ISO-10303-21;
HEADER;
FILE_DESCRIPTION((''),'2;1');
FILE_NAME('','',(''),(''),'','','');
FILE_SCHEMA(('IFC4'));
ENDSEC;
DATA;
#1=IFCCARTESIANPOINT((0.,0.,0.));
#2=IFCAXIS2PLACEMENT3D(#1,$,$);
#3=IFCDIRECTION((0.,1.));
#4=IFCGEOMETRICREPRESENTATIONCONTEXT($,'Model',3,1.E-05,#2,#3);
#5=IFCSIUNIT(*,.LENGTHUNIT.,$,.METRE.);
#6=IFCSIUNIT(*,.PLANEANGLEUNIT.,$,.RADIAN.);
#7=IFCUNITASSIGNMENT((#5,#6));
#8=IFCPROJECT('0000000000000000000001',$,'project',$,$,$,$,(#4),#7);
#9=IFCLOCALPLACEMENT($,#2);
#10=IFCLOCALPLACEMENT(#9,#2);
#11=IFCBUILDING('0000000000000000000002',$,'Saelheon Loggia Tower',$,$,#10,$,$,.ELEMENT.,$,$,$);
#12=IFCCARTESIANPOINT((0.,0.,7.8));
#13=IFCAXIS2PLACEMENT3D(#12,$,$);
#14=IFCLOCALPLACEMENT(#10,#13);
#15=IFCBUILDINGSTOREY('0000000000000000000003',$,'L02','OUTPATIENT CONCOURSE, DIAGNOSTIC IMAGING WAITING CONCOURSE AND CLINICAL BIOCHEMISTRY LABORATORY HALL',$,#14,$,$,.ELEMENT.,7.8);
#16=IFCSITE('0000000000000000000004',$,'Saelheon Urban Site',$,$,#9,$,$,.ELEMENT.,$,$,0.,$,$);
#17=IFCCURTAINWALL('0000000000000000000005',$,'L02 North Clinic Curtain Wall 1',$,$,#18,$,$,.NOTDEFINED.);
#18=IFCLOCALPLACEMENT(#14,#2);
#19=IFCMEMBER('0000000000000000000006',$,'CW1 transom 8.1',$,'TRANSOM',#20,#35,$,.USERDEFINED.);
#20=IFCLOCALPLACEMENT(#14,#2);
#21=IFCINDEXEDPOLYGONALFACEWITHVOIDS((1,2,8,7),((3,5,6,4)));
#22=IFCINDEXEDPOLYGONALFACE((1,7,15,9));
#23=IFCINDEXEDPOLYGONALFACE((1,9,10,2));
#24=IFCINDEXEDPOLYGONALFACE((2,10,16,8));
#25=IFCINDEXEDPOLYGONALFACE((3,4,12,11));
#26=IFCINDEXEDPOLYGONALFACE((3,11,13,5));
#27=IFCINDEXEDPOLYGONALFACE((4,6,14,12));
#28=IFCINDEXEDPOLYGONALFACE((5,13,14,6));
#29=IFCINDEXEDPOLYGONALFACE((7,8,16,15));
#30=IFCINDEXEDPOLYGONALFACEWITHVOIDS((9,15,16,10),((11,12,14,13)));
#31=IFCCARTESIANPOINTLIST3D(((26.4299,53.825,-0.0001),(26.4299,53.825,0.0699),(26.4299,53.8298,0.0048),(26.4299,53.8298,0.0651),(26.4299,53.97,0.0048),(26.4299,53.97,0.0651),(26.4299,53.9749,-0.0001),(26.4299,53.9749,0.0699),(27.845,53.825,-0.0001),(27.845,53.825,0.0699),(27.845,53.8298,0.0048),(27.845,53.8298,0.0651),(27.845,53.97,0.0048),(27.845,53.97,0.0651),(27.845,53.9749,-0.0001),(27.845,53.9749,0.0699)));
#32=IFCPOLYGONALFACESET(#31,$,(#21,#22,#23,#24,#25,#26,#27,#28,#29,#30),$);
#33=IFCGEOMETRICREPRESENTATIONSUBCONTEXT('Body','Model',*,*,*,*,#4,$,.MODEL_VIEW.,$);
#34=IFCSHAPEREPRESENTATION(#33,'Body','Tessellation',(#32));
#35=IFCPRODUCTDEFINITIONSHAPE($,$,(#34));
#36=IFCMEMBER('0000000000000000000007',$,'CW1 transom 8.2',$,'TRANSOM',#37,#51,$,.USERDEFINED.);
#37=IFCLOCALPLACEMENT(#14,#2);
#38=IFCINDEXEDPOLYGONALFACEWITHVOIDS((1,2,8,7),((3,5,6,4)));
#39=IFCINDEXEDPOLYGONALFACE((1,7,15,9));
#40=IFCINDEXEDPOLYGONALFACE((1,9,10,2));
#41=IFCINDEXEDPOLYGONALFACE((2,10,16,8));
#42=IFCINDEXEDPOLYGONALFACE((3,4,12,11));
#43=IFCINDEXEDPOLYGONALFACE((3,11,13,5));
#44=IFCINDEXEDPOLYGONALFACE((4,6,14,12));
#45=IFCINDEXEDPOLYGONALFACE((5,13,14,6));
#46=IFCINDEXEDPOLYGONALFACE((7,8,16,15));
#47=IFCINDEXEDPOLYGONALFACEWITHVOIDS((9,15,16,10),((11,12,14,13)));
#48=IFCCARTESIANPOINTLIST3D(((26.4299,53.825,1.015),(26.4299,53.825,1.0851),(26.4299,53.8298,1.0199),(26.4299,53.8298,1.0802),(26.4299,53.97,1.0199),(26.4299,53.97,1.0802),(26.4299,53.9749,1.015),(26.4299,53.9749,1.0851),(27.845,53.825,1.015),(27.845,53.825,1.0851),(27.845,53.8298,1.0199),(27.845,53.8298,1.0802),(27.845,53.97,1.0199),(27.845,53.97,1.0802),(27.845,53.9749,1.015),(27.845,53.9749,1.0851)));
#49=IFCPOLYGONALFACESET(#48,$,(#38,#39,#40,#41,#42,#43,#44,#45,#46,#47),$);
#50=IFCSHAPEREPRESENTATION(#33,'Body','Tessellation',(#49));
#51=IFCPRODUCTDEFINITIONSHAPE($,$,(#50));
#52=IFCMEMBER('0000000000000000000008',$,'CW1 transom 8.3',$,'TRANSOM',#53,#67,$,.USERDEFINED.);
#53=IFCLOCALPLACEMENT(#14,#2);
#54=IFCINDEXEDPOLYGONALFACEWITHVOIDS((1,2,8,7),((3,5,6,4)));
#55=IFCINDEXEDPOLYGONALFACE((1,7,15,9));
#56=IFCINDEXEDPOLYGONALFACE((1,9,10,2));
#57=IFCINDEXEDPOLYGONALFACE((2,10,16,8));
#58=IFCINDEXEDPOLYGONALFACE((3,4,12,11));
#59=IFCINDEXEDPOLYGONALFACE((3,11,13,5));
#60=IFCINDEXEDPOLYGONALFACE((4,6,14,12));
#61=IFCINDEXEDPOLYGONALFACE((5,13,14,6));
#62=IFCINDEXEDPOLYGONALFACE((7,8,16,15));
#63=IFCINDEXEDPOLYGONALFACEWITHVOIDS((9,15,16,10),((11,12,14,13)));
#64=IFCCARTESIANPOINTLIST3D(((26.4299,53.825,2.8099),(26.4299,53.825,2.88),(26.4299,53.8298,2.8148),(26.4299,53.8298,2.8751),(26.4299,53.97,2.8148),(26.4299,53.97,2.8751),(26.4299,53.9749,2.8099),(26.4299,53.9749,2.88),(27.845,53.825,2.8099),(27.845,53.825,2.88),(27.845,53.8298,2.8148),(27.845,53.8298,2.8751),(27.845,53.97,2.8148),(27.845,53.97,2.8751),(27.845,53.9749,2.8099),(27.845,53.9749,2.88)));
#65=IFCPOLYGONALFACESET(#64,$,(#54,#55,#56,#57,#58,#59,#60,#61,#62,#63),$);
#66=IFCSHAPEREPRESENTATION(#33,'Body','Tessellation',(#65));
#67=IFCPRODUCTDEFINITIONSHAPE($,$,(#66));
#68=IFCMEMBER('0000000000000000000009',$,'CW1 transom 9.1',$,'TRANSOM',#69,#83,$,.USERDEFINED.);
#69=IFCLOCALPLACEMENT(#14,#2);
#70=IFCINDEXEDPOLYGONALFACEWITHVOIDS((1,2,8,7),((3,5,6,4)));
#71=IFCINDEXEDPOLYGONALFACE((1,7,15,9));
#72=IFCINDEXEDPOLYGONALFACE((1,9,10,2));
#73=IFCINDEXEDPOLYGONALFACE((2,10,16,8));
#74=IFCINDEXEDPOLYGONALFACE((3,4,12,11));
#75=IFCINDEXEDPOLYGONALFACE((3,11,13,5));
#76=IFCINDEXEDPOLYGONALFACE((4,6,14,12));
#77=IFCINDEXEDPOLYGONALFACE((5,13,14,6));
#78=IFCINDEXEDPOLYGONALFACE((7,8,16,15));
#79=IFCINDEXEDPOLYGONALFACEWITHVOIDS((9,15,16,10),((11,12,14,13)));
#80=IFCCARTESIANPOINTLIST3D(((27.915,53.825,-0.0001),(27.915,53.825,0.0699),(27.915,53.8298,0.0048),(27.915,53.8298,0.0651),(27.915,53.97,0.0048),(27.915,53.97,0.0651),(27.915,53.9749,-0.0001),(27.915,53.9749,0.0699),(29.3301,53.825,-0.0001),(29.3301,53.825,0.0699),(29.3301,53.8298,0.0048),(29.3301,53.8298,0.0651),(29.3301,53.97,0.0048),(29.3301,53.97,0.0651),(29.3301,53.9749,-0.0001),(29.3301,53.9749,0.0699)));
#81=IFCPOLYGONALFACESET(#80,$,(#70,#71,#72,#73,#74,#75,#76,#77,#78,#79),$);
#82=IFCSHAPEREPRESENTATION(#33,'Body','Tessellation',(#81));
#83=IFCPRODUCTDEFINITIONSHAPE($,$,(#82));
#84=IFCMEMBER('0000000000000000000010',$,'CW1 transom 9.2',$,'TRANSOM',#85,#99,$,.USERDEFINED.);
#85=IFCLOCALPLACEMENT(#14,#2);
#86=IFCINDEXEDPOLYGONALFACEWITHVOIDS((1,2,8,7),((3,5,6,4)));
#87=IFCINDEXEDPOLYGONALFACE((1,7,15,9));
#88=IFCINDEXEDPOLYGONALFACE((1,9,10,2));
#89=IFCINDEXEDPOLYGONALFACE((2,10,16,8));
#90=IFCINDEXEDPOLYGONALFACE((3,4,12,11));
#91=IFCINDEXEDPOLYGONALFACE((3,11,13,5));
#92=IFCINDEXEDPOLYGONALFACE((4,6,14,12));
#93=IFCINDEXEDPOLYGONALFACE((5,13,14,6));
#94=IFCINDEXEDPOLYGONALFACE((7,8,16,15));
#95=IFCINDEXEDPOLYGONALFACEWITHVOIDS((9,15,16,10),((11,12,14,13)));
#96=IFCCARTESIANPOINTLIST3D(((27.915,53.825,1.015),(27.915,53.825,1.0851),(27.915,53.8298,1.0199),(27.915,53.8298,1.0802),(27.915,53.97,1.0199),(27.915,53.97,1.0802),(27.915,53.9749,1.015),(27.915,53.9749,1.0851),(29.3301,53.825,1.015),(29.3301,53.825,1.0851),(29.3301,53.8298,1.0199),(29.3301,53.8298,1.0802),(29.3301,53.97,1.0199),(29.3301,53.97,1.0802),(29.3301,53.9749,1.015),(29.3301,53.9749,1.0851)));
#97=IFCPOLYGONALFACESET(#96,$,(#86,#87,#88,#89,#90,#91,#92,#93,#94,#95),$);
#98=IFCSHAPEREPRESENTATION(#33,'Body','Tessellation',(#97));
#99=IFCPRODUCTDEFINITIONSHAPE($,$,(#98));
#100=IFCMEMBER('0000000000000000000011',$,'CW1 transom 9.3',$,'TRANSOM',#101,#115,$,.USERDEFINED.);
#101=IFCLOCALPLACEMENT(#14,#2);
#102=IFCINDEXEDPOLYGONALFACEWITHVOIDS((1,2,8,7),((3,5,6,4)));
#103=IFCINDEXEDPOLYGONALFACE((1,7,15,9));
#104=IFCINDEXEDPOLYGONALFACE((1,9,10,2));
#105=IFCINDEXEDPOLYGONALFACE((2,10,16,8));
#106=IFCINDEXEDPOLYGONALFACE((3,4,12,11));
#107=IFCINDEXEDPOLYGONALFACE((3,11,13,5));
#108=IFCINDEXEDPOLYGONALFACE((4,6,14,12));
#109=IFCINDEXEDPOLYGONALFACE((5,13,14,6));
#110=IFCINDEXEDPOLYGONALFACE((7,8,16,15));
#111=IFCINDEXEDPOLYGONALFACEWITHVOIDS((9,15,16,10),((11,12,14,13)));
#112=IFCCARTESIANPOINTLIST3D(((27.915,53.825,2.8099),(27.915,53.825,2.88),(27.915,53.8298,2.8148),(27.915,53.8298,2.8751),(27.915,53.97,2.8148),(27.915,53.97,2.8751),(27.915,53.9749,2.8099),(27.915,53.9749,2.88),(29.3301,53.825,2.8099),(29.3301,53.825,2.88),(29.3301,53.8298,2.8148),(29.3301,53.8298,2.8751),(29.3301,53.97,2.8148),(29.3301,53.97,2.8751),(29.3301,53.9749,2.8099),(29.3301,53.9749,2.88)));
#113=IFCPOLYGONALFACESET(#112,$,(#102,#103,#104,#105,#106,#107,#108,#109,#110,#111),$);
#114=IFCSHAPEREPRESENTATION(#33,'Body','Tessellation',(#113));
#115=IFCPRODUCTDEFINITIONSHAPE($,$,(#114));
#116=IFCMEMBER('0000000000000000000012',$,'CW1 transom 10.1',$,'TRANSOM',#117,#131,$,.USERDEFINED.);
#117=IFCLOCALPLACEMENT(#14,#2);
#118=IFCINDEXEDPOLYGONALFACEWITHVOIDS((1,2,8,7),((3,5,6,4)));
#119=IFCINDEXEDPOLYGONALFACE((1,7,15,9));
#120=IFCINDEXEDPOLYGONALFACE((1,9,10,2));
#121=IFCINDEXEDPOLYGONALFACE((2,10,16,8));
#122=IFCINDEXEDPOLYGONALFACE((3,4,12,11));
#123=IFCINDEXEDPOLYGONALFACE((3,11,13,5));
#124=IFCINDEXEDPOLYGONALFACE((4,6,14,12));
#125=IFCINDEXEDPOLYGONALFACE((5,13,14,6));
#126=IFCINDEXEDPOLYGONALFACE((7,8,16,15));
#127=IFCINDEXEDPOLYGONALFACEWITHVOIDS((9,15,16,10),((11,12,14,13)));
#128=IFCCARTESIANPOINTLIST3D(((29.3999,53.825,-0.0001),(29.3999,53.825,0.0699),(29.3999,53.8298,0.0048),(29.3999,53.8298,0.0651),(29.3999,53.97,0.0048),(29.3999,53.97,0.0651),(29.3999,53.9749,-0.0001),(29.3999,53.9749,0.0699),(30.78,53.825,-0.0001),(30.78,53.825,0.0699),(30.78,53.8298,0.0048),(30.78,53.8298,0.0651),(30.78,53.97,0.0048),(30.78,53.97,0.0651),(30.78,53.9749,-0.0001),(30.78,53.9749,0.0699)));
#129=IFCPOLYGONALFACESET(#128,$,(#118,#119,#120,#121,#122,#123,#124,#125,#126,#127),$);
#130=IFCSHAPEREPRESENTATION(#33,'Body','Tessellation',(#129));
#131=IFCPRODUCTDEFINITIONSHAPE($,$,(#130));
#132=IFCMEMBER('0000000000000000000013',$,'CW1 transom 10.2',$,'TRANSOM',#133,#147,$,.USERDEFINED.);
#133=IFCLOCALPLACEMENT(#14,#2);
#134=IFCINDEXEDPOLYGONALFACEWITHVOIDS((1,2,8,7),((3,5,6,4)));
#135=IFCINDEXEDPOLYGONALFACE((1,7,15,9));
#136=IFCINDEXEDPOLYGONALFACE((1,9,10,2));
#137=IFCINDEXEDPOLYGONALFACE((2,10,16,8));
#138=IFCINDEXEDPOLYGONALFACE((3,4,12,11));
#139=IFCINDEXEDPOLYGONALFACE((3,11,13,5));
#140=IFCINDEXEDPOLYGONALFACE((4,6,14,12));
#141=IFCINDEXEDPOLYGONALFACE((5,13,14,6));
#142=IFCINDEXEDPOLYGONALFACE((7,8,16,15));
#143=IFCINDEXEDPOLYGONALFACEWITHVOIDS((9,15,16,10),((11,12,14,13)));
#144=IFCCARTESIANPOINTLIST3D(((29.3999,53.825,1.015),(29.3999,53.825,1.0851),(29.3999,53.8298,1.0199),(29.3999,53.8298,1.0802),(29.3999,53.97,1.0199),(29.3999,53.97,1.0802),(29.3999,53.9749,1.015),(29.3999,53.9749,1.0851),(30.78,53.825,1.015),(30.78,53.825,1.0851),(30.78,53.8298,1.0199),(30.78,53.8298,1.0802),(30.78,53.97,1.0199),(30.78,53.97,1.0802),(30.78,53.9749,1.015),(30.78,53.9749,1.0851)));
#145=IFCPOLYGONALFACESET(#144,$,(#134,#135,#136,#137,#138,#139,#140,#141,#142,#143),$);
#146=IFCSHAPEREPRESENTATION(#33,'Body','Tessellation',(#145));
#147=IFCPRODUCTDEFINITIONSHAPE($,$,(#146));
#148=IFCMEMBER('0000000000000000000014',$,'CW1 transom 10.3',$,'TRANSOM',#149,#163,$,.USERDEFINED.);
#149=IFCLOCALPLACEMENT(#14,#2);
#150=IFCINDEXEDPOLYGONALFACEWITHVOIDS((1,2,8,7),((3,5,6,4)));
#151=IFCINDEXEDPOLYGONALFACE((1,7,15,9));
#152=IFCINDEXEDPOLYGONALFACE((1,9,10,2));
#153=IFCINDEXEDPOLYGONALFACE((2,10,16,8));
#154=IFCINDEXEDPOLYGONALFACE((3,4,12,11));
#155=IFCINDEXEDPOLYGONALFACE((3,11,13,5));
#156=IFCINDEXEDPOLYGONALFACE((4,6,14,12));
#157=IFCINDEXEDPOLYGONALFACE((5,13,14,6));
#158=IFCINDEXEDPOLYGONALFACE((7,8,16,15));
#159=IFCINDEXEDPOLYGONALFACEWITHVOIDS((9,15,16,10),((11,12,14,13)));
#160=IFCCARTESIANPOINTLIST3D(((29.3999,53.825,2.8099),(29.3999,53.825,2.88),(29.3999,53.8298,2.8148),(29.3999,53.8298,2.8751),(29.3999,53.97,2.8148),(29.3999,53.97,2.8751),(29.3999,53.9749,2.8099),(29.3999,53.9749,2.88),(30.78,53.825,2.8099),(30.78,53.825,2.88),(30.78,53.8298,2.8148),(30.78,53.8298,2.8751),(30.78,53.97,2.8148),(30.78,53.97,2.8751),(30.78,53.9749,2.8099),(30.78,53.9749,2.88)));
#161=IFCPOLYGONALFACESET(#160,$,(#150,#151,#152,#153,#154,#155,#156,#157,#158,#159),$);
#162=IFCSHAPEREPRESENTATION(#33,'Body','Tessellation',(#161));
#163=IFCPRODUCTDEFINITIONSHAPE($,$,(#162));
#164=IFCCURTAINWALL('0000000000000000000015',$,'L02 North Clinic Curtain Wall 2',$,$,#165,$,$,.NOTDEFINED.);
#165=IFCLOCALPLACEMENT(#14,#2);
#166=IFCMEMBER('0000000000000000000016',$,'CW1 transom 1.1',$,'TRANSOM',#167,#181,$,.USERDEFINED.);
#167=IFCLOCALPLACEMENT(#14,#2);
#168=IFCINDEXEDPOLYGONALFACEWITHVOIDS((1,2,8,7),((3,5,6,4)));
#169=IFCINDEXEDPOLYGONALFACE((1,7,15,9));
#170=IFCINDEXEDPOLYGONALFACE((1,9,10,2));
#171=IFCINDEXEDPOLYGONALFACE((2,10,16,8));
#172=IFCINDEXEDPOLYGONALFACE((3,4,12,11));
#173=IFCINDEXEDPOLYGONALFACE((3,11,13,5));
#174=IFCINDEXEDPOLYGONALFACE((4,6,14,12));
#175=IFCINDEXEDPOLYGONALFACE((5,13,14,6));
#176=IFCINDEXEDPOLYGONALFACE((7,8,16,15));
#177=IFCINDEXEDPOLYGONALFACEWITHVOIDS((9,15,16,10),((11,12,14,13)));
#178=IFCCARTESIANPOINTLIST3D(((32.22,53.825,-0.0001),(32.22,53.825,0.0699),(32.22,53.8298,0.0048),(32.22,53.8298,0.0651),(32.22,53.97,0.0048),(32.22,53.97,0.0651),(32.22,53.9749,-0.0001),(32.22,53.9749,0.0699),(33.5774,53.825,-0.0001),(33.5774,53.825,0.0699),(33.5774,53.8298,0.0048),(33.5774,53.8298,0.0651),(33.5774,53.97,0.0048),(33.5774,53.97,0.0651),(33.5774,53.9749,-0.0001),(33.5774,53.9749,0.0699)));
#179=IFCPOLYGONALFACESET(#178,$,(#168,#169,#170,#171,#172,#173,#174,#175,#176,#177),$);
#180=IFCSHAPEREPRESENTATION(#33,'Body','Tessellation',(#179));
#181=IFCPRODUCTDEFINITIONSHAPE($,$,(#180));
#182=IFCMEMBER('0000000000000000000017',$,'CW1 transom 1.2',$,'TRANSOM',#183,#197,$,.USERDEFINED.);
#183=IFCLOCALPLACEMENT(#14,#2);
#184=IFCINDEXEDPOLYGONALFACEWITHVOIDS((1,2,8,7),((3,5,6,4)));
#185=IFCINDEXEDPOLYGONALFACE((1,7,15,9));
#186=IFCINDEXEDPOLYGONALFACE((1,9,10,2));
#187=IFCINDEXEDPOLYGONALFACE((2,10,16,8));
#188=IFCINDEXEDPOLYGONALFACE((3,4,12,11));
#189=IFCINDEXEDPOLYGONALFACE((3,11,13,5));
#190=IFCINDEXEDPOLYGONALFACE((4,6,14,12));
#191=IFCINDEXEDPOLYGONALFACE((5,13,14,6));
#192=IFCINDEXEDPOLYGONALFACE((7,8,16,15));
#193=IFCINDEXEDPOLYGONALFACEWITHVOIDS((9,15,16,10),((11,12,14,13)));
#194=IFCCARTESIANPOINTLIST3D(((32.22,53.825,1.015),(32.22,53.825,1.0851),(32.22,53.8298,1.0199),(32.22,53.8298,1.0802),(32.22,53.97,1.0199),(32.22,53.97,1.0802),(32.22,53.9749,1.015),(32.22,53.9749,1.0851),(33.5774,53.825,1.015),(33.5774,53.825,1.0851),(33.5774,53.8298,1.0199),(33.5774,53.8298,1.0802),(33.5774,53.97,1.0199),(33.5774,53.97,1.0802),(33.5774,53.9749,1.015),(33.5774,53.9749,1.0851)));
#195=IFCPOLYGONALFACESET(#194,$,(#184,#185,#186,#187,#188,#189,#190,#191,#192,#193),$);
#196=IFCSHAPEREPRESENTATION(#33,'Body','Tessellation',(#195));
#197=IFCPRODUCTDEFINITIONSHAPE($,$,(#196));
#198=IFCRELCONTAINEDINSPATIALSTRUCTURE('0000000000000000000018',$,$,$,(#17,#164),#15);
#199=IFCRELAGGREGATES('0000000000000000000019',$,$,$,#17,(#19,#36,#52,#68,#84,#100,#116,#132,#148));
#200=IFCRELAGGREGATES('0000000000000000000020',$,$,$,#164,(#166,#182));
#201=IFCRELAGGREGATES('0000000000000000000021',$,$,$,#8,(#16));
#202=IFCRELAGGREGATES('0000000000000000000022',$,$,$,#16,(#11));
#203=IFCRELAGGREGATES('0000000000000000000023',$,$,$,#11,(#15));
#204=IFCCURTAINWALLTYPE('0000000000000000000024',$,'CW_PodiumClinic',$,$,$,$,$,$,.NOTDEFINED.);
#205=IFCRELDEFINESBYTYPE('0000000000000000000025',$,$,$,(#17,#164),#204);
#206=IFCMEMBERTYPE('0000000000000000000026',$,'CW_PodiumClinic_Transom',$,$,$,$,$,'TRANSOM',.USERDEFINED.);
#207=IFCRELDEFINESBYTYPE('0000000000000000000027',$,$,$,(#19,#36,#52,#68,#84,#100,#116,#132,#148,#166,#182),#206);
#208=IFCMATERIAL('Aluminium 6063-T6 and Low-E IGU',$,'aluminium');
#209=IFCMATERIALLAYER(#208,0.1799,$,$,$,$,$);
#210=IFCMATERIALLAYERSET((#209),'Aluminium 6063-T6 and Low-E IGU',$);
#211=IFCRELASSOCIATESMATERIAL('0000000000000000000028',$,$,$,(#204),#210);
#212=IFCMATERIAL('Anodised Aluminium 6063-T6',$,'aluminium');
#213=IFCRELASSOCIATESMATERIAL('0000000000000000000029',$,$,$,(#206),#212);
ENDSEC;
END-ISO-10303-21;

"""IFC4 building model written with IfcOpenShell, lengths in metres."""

from ifc_helpers import new_model, si_unit, direction, frame, origin, origin_2d, place, context, subcontext, project, spatial, hollow_rectangle, extrude, source, transform, mapped, material, layer, layer_set, material_profile, profile_set, type_object, element, aggregate, save


model = new_model("IFC4")

# Units and contexts
model_context = context("Model", 3, precision=1e-05, world=origin(), true_north=direction((0.0, 1.0)))
body_context = subcontext(model_context, "Body", "Model", "MODEL_VIEW")
ifc_project = project(units=[si_unit("LENGTHUNIT", "METRE"), si_unit("PLANEANGLEUNIT", "RADIAN")], contexts=[model_context])

# Site, building, storey
site_placement = place(None, origin())
site = spatial("IfcSite", under=ifc_project, at=site_placement, Name="Saelheon Urban Site", CompositionType="ELEMENT", RefElevation=0.0)
building_placement = place(site_placement, origin())
building = spatial("IfcBuilding", under=site, at=building_placement, Name="Saelheon Loggia Tower", CompositionType="ELEMENT")
storey_placement = place(building_placement, frame((0.0, 0.0, 7.8)))
storey = spatial("IfcBuildingStorey", under=building, at=storey_placement, Name="L02", Description="OUTPATIENT CONCOURSE, DIAGNOSTIC IMAGING WAITING CONCOURSE AND CLINICAL BIOCHEMISTRY LABORATORY HALL", CompositionType="ELEMENT", Elevation=7.8)

# Curtain walls, members
ifc_material_1 = material(Name="Aluminium 6063-T6 and Low-E IGU", Category="aluminium")
ifc_layer_1 = layer(ifc_material_1, 0.1799)
ifc_layer_set_1 = layer_set([ifc_layer_1], Name="Aluminium 6063-T6 and Low-E IGU")
curtain_wall_type = type_object("IfcCurtainWallType", Name="CW_PodiumClinic", PredefinedType="NOTDEFINED", material=ifc_layer_set_1)
curtain_wall_1_placement = place(storey_placement, origin())
curtain_wall_1 = element("IfcCurtainWall", 1, at=curtain_wall_1_placement, inside=storey, type_object=curtain_wall_type, Name="L02 North Clinic Curtain Wall 1", PredefinedType="NOTDEFINED")
ifc_material_2 = material(Name="Anodised Aluminium 6063-T6", Category="aluminium")
ifc_material_profile_1 = material_profile(ifc_material_2, hollow_rectangle(XDim=0.0701, YDim=0.1499, WallThickness=0.0049, at=origin_2d()), Name="RHS-150x70x5")
ifc_profile_set_1 = profile_set([ifc_material_profile_1], Name="Anodised Aluminium 6063-T6")
member_type_1 = type_object("IfcMemberType", Name="CW_PodiumClinic_Transom", ElementType="TRANSOM", PredefinedType="USERDEFINED", material=ifc_profile_set_1)
shared_shape_1 = source(origin(), body_context, "Body", "SweptSolid", [
    extrude(hollow_rectangle(XDim=0.0701, YDim=0.1499, WallThickness=0.0049, at=origin_2d()), origin(), (0.0, 0.0, 1.0), 1.415),
])
member_1_placement = place(storey_placement, frame((26.4299, 53.8999, 0.0349), z_axis=(1.0, 0.0, 0.0), x_axis=(0.0, 0.0, 1.0)))
member_1 = element("IfcMember", 2, at=member_1_placement, type_object=member_type_1, Name="CW1 transom 8.1", ObjectType="TRANSOM", PredefinedType="USERDEFINED", context=body_context, shape_type="MappedRepresentation", body=[
    mapped(shared_shape_1, transform((0.0, 0.0, 0.0), scale=1.0)),
])
member_2_placement = place(storey_placement, frame((26.4299, 53.8999, 1.05), z_axis=(1.0, 0.0, 0.0), x_axis=(0.0, 0.0, 1.0)))
member_2 = element("IfcMember", 3, at=member_2_placement, type_object=member_type_1, Name="CW1 transom 8.2", ObjectType="TRANSOM", PredefinedType="USERDEFINED", context=body_context, shape_type="MappedRepresentation", body=[
    mapped(shared_shape_1, transform((0.0, 0.0, 0.0), scale=1.0)),
])
member_3_placement = place(storey_placement, frame((26.4299, 53.8999, 2.845), z_axis=(1.0, 0.0, 0.0), x_axis=(0.0, 0.0, 1.0)))
member_3 = element("IfcMember", 4, at=member_3_placement, type_object=member_type_1, Name="CW1 transom 8.3", ObjectType="TRANSOM", PredefinedType="USERDEFINED", context=body_context, shape_type="MappedRepresentation", body=[
    mapped(shared_shape_1, transform((0.0, 0.0, 0.0), scale=1.0)),
])
member_4_placement = place(storey_placement, frame((27.915, 53.8999, 0.0349), z_axis=(1.0, 0.0, 0.0), x_axis=(0.0, 0.0, 1.0)))
member_4 = element("IfcMember", 5, at=member_4_placement, type_object=member_type_1, Name="CW1 transom 9.1", ObjectType="TRANSOM", PredefinedType="USERDEFINED", context=body_context, shape_type="MappedRepresentation", body=[
    mapped(shared_shape_1, transform((0.0, 0.0, 0.0), scale=1.0)),
])
member_5_placement = place(storey_placement, frame((27.915, 53.8999, 1.05), z_axis=(1.0, 0.0, 0.0), x_axis=(0.0, 0.0, 1.0)))
member_5 = element("IfcMember", 6, at=member_5_placement, type_object=member_type_1, Name="CW1 transom 9.2", ObjectType="TRANSOM", PredefinedType="USERDEFINED", context=body_context, shape_type="MappedRepresentation", body=[
    mapped(shared_shape_1, transform((0.0, 0.0, 0.0), scale=1.0)),
])
member_6_placement = place(storey_placement, frame((27.915, 53.8999, 2.845), z_axis=(1.0, 0.0, 0.0), x_axis=(0.0, 0.0, 1.0)))
member_6 = element("IfcMember", 7, at=member_6_placement, type_object=member_type_1, Name="CW1 transom 9.3", ObjectType="TRANSOM", PredefinedType="USERDEFINED", context=body_context, shape_type="MappedRepresentation", body=[
    mapped(shared_shape_1, transform((0.0, 0.0, 0.0), scale=1.0)),
])
shared_shape_2 = source(origin(), body_context, "Body", "SweptSolid", [
    extrude(hollow_rectangle(XDim=0.0701, YDim=0.1499, WallThickness=0.0049, at=origin_2d()), origin(), (0.0, 0.0, 1.0), 1.3801),
])
member_7_placement = place(storey_placement, frame((29.3999, 53.8999, 0.0349), z_axis=(1.0, 0.0, 0.0), x_axis=(0.0, 0.0, 1.0)))
member_7 = element("IfcMember", 8, at=member_7_placement, type_object=member_type_1, Name="CW1 transom 10.1", ObjectType="TRANSOM", PredefinedType="USERDEFINED", context=body_context, shape_type="MappedRepresentation", body=[
    mapped(shared_shape_2, transform((0.0, 0.0, 0.0), scale=1.0)),
])
member_8_placement = place(storey_placement, frame((29.3999, 53.8999, 1.05), z_axis=(1.0, 0.0, 0.0), x_axis=(0.0, 0.0, 1.0)))
member_8 = element("IfcMember", 9, at=member_8_placement, type_object=member_type_1, Name="CW1 transom 10.2", ObjectType="TRANSOM", PredefinedType="USERDEFINED", context=body_context, shape_type="MappedRepresentation", body=[
    mapped(shared_shape_2, transform((0.0, 0.0, 0.0), scale=1.0)),
])
member_9_placement = place(storey_placement, frame((29.3999, 53.8999, 2.845), z_axis=(1.0, 0.0, 0.0), x_axis=(0.0, 0.0, 1.0)))
member_9 = element("IfcMember", 10, at=member_9_placement, type_object=member_type_1, Name="CW1 transom 10.3", ObjectType="TRANSOM", PredefinedType="USERDEFINED", context=body_context, shape_type="MappedRepresentation", body=[
    mapped(shared_shape_2, transform((0.0, 0.0, 0.0), scale=1.0)),
])
curtain_wall_2_placement = place(storey_placement, origin())
curtain_wall_2 = element("IfcCurtainWall", 11, at=curtain_wall_2_placement, inside=storey, type_object=curtain_wall_type, Name="L02 North Clinic Curtain Wall 2", PredefinedType="NOTDEFINED")
shared_shape_3 = source(origin(), body_context, "Body", "SweptSolid", [
    extrude(hollow_rectangle(XDim=0.0701, YDim=0.1499, WallThickness=0.0049, at=origin_2d()), origin(), (0.0, 0.0, 1.0), 1.3574),
])
member_10_placement = place(storey_placement, frame((32.22, 53.8999, 0.0349), z_axis=(1.0, 0.0, 0.0), x_axis=(0.0, 0.0, 1.0)))
member_10 = element("IfcMember", 12, at=member_10_placement, type_object=member_type_1, Name="CW1 transom 1.1", ObjectType="TRANSOM", PredefinedType="USERDEFINED", context=body_context, shape_type="MappedRepresentation", body=[
    mapped(shared_shape_3, transform((0.0, 0.0, 0.0), scale=1.0)),
])
member_11_placement = place(storey_placement, frame((32.22, 53.8999, 1.05), z_axis=(1.0, 0.0, 0.0), x_axis=(0.0, 0.0, 1.0)))
member_11 = element("IfcMember", 13, at=member_11_placement, type_object=member_type_1, Name="CW1 transom 1.2", ObjectType="TRANSOM", PredefinedType="USERDEFINED", context=body_context, shape_type="MappedRepresentation", body=[
    mapped(shared_shape_3, transform((0.0, 0.0, 0.0), scale=1.0)),
])

aggregate(curtain_wall_1, [member_1, member_2, member_3, member_4, member_5, member_6, member_7, member_8, member_9])
aggregate(curtain_wall_2, [member_10, member_11])

save(model, "model.ifc")
